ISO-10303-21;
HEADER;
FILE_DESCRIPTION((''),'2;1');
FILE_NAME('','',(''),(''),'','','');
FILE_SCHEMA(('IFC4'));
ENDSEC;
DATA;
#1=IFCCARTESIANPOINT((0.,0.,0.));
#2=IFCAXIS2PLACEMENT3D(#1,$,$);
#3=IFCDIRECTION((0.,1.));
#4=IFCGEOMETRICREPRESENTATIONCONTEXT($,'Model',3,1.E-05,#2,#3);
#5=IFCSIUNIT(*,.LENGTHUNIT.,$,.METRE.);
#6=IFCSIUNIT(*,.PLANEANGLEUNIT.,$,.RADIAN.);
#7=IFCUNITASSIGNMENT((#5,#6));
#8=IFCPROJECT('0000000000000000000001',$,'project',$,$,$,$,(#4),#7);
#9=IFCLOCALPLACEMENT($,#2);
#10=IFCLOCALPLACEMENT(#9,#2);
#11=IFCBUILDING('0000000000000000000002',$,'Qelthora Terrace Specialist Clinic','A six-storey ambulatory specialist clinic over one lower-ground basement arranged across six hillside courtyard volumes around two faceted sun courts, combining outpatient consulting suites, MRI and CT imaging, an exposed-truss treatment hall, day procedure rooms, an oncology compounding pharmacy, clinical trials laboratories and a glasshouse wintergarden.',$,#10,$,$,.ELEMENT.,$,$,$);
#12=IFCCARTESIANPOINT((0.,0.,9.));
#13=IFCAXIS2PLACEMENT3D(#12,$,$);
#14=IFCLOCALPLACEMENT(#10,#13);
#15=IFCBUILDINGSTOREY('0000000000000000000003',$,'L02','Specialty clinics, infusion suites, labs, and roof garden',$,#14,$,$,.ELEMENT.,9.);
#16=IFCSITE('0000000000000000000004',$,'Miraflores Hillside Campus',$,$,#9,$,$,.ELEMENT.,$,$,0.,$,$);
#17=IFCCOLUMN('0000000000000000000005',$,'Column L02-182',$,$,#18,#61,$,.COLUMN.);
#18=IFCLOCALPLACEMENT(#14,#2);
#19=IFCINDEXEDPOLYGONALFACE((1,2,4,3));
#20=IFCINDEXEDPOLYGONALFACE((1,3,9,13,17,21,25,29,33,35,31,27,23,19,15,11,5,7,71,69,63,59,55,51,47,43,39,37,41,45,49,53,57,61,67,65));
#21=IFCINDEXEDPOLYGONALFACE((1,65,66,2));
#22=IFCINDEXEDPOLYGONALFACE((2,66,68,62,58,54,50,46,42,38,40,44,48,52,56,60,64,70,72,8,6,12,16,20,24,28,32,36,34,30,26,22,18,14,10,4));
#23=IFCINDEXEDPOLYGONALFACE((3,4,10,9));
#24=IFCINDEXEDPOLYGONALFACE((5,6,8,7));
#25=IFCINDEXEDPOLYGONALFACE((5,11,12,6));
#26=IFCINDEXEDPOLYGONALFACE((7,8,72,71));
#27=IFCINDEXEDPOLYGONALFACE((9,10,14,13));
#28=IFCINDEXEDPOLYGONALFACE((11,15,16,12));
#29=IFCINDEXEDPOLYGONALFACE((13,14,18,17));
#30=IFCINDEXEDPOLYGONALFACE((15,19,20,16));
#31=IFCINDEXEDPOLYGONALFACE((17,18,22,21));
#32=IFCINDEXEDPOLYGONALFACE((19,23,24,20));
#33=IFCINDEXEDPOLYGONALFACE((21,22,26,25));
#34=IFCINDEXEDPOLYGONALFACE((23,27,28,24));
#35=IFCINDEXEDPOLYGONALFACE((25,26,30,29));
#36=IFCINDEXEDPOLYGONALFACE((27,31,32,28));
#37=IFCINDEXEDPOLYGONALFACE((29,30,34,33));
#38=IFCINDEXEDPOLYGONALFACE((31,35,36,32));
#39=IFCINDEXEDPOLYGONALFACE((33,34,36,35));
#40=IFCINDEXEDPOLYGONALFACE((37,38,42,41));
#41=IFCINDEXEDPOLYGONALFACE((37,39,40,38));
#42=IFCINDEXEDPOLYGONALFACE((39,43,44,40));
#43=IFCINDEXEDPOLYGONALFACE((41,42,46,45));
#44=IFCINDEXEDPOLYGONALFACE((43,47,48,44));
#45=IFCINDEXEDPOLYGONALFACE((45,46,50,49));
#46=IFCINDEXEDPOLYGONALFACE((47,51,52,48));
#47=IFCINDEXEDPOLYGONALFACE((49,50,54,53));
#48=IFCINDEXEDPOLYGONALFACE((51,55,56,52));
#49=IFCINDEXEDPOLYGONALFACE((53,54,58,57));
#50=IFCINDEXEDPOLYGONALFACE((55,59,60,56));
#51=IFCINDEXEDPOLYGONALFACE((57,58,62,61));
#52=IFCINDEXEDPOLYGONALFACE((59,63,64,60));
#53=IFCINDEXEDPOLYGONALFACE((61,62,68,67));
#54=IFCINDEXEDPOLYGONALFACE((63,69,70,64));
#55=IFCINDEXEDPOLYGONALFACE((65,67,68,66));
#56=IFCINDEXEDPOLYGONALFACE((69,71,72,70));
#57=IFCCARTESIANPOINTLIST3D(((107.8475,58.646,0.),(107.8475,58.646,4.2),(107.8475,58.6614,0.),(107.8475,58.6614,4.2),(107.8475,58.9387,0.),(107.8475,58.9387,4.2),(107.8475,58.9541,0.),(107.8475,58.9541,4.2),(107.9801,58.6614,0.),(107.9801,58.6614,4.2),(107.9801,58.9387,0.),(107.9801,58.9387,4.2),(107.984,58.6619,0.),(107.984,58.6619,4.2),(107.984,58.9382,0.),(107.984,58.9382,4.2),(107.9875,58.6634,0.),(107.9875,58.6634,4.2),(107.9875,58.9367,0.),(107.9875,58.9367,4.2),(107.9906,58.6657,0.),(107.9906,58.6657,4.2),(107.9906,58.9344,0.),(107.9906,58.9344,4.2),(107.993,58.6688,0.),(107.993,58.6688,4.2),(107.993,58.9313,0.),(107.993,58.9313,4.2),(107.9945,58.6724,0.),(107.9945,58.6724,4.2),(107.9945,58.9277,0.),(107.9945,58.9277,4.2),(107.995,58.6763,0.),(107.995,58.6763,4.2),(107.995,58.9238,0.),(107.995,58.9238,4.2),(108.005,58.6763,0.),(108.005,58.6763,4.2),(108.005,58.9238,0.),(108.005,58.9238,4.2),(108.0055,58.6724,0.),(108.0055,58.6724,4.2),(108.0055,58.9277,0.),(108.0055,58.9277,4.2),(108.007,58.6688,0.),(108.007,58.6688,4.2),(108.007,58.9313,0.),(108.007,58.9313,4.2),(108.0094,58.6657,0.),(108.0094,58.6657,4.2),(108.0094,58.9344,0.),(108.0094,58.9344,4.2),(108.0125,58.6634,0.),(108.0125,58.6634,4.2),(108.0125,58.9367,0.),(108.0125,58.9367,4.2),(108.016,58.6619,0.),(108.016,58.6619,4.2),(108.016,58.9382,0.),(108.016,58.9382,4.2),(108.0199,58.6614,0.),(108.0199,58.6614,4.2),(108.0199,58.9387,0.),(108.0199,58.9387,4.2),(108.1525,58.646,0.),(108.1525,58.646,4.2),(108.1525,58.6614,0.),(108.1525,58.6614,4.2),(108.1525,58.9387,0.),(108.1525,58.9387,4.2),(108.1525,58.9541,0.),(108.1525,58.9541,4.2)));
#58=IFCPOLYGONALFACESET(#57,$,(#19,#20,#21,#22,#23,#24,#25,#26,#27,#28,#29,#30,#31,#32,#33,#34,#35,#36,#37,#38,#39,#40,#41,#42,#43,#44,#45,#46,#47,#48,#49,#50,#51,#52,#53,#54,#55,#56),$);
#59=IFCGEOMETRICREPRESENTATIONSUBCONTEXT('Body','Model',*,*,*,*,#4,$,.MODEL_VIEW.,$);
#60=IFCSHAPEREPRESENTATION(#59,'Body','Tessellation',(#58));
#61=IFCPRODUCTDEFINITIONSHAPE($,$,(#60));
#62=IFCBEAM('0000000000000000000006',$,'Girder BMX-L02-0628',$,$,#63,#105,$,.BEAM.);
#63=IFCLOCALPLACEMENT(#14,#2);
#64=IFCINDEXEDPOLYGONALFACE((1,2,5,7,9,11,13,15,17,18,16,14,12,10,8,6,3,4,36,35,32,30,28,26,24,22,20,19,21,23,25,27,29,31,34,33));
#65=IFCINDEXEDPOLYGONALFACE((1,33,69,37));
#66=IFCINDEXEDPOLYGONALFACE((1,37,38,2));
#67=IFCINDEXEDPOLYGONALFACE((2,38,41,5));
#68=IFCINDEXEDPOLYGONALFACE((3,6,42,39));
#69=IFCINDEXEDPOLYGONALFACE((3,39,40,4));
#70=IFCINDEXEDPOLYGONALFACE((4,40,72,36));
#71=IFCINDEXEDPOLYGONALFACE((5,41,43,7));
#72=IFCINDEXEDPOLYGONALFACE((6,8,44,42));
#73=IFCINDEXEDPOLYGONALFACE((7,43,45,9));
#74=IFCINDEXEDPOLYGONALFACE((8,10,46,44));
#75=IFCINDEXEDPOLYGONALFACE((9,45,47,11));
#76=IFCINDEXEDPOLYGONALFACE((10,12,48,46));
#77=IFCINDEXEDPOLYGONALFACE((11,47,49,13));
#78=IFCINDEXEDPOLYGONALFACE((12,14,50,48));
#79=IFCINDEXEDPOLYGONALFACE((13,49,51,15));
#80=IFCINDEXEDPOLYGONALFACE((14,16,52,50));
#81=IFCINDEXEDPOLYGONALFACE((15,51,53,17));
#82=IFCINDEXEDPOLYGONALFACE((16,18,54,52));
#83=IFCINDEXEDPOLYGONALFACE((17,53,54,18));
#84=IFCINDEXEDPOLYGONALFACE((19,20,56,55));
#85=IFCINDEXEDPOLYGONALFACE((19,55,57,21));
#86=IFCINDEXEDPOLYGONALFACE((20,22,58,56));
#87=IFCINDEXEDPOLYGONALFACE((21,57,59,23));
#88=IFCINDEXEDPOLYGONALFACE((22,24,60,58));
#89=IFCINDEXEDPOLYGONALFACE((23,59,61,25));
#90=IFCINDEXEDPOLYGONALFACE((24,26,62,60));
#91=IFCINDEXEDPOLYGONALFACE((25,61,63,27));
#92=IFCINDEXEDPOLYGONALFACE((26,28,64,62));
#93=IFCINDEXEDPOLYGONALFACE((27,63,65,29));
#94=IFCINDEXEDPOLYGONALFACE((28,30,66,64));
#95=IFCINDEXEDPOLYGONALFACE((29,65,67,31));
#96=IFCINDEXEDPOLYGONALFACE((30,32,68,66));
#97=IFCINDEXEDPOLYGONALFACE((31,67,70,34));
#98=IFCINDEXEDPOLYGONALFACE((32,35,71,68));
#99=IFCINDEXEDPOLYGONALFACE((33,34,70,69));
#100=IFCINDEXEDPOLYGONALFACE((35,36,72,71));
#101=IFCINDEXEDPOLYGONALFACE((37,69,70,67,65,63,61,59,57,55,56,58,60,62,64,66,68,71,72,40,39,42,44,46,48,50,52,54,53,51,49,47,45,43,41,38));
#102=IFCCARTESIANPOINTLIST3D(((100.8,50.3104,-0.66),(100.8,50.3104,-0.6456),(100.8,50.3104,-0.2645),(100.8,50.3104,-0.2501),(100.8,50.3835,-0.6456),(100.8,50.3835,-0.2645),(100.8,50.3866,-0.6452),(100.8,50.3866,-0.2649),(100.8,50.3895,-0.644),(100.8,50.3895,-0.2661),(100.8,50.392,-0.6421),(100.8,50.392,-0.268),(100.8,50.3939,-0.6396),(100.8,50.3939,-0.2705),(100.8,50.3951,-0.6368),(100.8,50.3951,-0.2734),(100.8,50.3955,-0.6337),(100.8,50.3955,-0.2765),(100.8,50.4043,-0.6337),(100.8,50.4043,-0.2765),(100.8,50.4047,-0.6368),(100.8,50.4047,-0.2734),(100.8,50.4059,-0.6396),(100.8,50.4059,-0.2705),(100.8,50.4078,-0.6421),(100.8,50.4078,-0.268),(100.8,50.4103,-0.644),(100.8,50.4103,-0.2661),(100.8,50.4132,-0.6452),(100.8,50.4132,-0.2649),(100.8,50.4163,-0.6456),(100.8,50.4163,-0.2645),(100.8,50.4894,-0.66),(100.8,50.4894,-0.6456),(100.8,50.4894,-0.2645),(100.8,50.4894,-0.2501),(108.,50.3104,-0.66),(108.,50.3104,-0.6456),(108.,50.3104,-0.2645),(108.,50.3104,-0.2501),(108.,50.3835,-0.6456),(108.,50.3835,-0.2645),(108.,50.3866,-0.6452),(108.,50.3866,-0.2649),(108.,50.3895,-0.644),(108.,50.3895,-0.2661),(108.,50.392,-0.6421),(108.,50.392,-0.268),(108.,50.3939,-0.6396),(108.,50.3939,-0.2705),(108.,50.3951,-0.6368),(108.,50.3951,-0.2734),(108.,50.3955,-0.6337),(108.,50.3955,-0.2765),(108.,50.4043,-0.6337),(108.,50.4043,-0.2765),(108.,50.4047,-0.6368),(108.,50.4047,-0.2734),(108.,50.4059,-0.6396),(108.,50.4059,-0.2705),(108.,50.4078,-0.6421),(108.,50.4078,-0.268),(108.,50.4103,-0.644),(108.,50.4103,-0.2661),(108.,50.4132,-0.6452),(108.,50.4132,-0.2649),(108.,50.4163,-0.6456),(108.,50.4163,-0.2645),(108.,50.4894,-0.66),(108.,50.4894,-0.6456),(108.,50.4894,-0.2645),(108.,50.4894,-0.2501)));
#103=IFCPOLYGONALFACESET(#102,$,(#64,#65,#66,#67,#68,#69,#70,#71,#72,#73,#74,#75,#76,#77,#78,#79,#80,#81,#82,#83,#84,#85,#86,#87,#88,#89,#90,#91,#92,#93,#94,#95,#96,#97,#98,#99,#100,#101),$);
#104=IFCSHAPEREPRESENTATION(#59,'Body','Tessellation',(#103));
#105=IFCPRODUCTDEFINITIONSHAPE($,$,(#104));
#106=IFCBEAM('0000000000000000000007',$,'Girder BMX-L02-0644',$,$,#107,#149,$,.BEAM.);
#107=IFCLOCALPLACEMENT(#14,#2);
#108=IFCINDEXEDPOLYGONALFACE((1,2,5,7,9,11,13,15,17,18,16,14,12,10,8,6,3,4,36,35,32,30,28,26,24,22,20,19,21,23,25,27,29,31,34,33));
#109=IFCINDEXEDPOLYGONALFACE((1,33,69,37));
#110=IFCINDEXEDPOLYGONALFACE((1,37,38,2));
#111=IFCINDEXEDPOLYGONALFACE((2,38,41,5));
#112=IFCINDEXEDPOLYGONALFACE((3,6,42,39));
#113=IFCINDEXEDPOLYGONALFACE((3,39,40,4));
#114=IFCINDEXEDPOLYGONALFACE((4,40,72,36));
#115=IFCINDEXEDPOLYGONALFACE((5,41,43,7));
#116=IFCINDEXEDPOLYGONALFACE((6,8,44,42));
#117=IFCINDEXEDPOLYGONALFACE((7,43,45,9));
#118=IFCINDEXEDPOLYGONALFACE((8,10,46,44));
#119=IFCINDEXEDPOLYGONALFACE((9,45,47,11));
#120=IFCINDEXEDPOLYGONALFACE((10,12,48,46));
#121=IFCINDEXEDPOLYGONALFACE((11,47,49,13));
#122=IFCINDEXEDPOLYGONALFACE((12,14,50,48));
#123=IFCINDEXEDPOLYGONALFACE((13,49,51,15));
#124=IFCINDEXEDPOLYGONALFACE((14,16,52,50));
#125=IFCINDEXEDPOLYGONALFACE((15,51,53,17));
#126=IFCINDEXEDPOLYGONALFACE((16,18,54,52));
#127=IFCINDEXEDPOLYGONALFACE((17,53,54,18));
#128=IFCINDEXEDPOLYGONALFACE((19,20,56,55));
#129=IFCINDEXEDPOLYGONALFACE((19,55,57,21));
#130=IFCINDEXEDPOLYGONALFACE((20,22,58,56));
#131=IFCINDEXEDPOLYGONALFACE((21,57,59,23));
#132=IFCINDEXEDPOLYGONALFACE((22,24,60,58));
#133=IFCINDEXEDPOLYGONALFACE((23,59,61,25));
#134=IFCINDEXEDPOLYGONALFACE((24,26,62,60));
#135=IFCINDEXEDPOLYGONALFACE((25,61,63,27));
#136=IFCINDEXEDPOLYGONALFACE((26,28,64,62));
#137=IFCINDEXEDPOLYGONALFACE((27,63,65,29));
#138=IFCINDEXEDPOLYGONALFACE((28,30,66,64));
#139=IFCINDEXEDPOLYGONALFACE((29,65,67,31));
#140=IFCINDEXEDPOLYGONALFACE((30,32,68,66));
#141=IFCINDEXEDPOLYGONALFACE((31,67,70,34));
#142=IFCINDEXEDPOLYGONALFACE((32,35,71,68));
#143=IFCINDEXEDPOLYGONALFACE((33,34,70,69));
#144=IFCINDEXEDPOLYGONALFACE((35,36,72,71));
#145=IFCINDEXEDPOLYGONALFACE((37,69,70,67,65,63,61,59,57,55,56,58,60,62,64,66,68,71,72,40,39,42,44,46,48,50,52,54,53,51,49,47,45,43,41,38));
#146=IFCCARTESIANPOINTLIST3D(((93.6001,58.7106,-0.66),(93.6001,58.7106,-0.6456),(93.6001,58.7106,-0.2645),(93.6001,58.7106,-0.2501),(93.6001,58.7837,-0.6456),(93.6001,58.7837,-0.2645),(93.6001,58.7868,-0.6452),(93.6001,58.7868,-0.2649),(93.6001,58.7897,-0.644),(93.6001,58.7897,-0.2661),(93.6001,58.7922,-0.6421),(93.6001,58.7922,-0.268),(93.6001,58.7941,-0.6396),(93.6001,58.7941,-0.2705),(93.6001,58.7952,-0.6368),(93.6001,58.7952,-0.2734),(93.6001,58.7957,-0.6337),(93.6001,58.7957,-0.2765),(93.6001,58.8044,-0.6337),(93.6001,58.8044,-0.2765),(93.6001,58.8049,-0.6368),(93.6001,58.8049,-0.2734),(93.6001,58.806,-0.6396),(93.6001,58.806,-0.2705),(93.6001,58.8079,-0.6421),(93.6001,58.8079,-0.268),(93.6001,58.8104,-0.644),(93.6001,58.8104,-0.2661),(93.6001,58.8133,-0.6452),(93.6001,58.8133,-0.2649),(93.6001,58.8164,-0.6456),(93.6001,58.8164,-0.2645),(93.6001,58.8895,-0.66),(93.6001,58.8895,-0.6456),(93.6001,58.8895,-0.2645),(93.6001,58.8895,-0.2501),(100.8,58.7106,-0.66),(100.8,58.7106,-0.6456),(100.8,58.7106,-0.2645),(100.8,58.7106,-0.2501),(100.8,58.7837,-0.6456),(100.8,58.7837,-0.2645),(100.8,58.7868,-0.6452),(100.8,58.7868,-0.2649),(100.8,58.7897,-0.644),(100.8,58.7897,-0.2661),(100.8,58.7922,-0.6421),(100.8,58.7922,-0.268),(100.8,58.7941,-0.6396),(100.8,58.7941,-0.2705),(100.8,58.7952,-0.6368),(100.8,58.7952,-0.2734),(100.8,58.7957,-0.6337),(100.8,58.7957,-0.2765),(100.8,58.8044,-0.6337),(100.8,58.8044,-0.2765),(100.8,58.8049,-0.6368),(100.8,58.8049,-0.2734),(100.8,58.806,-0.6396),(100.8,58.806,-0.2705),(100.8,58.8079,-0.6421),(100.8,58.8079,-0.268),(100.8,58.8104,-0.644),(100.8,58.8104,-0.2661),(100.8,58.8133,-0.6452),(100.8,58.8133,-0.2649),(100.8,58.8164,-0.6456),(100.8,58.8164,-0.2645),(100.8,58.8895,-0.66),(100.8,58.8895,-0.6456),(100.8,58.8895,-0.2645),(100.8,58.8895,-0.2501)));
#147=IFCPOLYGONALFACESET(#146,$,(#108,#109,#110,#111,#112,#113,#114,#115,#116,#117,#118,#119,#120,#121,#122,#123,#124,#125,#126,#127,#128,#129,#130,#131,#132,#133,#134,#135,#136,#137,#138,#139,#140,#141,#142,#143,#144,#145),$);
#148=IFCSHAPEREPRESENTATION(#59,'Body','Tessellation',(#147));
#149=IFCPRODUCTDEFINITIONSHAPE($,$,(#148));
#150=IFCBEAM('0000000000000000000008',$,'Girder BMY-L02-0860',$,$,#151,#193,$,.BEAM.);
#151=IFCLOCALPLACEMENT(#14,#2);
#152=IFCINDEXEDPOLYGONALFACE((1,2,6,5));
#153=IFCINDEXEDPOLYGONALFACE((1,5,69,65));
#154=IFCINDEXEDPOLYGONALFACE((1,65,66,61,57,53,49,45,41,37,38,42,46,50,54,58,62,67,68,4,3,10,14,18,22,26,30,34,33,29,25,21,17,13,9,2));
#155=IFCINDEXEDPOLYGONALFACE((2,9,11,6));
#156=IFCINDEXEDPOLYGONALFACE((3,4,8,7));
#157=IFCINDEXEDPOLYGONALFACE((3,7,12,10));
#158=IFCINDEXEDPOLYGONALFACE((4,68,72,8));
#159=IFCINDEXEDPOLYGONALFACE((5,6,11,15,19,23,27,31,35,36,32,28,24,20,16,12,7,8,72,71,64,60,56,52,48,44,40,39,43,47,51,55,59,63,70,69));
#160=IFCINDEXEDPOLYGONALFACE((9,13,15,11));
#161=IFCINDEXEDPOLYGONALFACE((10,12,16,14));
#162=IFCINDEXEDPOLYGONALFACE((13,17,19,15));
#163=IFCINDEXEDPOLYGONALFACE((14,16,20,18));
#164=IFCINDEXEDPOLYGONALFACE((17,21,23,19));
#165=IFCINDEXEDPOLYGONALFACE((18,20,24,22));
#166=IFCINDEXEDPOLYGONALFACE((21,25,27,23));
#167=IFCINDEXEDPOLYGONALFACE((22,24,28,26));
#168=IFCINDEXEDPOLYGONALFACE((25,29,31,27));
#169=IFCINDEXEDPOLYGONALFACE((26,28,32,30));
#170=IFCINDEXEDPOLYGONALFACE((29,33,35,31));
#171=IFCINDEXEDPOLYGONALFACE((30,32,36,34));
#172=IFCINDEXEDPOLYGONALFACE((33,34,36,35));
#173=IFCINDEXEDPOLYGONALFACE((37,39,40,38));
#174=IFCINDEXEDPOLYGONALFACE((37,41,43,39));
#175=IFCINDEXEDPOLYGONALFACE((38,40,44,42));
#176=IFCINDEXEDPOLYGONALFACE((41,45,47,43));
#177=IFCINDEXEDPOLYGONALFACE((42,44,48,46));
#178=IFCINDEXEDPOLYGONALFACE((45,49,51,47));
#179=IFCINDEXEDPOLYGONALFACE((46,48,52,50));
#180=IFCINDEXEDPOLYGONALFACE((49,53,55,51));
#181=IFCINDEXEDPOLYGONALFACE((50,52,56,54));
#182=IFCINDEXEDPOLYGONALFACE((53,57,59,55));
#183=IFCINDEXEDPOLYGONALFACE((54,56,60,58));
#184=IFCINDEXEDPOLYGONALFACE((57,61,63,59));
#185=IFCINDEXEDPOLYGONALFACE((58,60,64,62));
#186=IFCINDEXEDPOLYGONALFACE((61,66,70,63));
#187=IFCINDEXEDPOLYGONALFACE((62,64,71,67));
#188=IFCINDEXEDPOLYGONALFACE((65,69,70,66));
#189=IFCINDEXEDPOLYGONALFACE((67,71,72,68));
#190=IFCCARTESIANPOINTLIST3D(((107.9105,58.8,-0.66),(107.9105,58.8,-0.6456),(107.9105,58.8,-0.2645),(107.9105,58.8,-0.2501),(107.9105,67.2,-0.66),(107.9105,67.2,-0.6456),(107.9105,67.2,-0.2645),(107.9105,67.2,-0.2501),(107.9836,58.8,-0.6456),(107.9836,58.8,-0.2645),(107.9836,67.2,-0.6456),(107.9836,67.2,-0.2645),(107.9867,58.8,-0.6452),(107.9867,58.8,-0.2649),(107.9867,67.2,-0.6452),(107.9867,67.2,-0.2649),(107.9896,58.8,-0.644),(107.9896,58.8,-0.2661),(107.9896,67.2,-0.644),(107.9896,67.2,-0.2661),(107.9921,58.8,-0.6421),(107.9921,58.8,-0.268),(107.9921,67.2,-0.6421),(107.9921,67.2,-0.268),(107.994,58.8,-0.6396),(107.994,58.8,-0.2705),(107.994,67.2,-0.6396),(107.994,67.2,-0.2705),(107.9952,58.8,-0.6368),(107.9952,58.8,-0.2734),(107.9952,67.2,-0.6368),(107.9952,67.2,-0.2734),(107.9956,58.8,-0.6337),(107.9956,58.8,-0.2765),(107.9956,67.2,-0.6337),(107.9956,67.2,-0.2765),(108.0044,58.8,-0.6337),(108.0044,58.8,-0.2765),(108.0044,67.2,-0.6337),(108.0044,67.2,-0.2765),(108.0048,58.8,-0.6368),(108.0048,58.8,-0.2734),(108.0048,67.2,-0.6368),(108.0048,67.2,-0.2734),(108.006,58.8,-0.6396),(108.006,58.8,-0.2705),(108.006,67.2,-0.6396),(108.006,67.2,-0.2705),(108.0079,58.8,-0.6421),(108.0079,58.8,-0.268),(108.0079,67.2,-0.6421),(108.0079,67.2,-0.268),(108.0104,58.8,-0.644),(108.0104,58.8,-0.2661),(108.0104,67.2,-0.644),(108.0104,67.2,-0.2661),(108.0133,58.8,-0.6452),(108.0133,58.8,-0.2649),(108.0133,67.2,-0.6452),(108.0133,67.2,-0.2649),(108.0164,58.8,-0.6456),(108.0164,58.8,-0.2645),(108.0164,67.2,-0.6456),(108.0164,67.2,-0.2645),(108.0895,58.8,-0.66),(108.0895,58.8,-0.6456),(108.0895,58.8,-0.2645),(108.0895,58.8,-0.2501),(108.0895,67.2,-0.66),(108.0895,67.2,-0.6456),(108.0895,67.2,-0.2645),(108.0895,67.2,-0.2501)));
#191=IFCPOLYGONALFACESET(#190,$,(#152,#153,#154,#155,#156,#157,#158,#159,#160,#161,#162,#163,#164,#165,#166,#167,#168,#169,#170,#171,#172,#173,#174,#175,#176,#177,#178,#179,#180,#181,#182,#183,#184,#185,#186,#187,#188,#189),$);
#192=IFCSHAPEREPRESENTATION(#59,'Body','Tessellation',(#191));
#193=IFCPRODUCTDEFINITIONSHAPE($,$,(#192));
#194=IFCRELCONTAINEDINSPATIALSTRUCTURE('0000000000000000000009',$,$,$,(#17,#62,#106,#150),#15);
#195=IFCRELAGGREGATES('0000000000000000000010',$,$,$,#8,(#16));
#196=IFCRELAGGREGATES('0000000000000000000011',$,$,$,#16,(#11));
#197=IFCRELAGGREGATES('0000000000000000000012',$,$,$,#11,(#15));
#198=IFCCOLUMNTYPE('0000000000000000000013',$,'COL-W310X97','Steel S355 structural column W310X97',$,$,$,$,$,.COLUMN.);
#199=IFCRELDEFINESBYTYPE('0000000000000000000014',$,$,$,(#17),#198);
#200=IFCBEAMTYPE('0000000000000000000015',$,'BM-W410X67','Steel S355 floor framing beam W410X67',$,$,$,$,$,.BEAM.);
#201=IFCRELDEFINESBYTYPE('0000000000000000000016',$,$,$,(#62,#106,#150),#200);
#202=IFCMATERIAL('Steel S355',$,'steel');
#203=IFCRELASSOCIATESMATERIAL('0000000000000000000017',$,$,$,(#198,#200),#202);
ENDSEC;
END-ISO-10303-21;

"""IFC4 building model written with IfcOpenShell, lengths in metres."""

from ifc_helpers import new_model, si_unit, direction, frame, origin, origin_2d, place, context, subcontext, project, spatial, i_section, extrude, material, material_profile, profile_set, type_object, element, save


model = new_model("IFC4")

# Units and contexts
model_context = context("Model", 3, precision=1e-05, world=origin(), true_north=direction((0.0, 1.0)))
body_context = subcontext(model_context, "Body", "Model", "MODEL_VIEW")
ifc_project = project(units=[si_unit("LENGTHUNIT", "METRE"), si_unit("PLANEANGLEUNIT", "RADIAN")], contexts=[model_context])

# Site, building, storey
site_placement = place(None, origin())
site = spatial("IfcSite", under=ifc_project, at=site_placement, Name="Miraflores Hillside Campus", CompositionType="ELEMENT", RefElevation=0.0)
building_placement = place(site_placement, origin())
building = spatial("IfcBuilding", under=site, at=building_placement, Name="Qelthora Terrace Specialist Clinic", Description="A six-storey ambulatory specialist clinic over one lower-ground basement arranged across six hillside courtyard volumes around two faceted sun courts, combining outpatient consulting suites, MRI and CT imaging, an exposed-truss treatment hall, day procedure rooms, an oncology compounding pharmacy, clinical trials laboratories and a glasshouse wintergarden.", CompositionType="ELEMENT")
storey_placement = place(building_placement, frame((0.0, 0.0, 9.0)))
storey = spatial("IfcBuildingStorey", under=building, at=storey_placement, Name="L02", Description="Specialty clinics, infusion suites, labs, and roof garden", CompositionType="ELEMENT", Elevation=9.0)

# Column
ifc_material_1 = material(Name="Steel S355", Category="steel")
ifc_material_profile_1 = material_profile(ifc_material_1, i_section(OverallWidth=0.3049, OverallDepth=0.3081, WebThickness=0.01, FlangeThickness=0.0154, FilletRadius=0.0149, at=origin_2d()), Name="W310X97")
ifc_profile_set_1 = profile_set([ifc_material_profile_1], Name="Steel S355")
column_type_1 = type_object("IfcColumnType", Name="COL-W310X97", Description="Steel S355 structural column W310X97", PredefinedType="COLUMN", material=ifc_profile_set_1)
column_1_placement = place(storey_placement, frame((108.0, 58.8, 0.0), z_axis=(0.0, 0.0, 1.0), x_axis=(1.0, 0.0, 0.0)))
element("IfcColumn", 1, at=column_1_placement, inside=storey, type_object=column_type_1, Name="Column L02-182", PredefinedType="COLUMN", context=body_context, shape_type="SweptSolid", body=[
    extrude(i_section(OverallWidth=0.3049, OverallDepth=0.3081, WebThickness=0.01, FlangeThickness=0.0154, FilletRadius=0.0149, at=origin_2d()), origin(), (0.0, 0.0, 1.0), 4.2),
])

# Beams
ifc_material_profile_2 = material_profile(ifc_material_1, i_section(OverallWidth=0.179, OverallDepth=0.4099, WebThickness=0.0088, FlangeThickness=0.0144, FilletRadius=0.012, at=origin_2d()), Name="W410X67")
ifc_profile_set_2 = profile_set([ifc_material_profile_2], Name="Steel S355")
beam_type_1 = type_object("IfcBeamType", Name="BM-W410X67", Description="Steel S355 floor framing beam W410X67", PredefinedType="BEAM", material=ifc_profile_set_2)
for number, where, z_axis, x_axis, name in (
    (2, (100.8, 50.3999, -0.4551), (1.0, 0.0, 0.0), (0.0, 1.0, 0.0), "Girder BMX-L02-0628"),
    (3, (93.6001, 58.8, -0.4551), (1.0, 0.0, 0.0), (0.0, 1.0, 0.0), "Girder BMX-L02-0644"),
):
    element("IfcBeam", number, at=place(storey_placement, frame(where, z_axis=z_axis, x_axis=x_axis)), inside=storey, type_object=beam_type_1, Name=name, PredefinedType="BEAM", context=body_context, shape_type="SweptSolid", body=[
        extrude(i_section(OverallWidth=0.179, OverallDepth=0.4099, WebThickness=0.0088, FlangeThickness=0.0144, FilletRadius=0.012, at=origin_2d()), origin(), (0.0, 0.0, 1.0), 7.2),
    ])
beam_1_placement = place(storey_placement, frame((108.0, 58.8, -0.4551), z_axis=(0.0, 1.0, 0.0), x_axis=(-1.0, 0.0, 0.0)))
element("IfcBeam", 4, at=beam_1_placement, inside=storey, type_object=beam_type_1, Name="Girder BMY-L02-0860", PredefinedType="BEAM", context=body_context, shape_type="SweptSolid", body=[
    extrude(i_section(OverallWidth=0.179, OverallDepth=0.4099, WebThickness=0.0088, FlangeThickness=0.0144, FilletRadius=0.012, at=origin_2d()), origin(), (0.0, 0.0, 1.0), 8.3999),
])

save(model, "model.ifc")
